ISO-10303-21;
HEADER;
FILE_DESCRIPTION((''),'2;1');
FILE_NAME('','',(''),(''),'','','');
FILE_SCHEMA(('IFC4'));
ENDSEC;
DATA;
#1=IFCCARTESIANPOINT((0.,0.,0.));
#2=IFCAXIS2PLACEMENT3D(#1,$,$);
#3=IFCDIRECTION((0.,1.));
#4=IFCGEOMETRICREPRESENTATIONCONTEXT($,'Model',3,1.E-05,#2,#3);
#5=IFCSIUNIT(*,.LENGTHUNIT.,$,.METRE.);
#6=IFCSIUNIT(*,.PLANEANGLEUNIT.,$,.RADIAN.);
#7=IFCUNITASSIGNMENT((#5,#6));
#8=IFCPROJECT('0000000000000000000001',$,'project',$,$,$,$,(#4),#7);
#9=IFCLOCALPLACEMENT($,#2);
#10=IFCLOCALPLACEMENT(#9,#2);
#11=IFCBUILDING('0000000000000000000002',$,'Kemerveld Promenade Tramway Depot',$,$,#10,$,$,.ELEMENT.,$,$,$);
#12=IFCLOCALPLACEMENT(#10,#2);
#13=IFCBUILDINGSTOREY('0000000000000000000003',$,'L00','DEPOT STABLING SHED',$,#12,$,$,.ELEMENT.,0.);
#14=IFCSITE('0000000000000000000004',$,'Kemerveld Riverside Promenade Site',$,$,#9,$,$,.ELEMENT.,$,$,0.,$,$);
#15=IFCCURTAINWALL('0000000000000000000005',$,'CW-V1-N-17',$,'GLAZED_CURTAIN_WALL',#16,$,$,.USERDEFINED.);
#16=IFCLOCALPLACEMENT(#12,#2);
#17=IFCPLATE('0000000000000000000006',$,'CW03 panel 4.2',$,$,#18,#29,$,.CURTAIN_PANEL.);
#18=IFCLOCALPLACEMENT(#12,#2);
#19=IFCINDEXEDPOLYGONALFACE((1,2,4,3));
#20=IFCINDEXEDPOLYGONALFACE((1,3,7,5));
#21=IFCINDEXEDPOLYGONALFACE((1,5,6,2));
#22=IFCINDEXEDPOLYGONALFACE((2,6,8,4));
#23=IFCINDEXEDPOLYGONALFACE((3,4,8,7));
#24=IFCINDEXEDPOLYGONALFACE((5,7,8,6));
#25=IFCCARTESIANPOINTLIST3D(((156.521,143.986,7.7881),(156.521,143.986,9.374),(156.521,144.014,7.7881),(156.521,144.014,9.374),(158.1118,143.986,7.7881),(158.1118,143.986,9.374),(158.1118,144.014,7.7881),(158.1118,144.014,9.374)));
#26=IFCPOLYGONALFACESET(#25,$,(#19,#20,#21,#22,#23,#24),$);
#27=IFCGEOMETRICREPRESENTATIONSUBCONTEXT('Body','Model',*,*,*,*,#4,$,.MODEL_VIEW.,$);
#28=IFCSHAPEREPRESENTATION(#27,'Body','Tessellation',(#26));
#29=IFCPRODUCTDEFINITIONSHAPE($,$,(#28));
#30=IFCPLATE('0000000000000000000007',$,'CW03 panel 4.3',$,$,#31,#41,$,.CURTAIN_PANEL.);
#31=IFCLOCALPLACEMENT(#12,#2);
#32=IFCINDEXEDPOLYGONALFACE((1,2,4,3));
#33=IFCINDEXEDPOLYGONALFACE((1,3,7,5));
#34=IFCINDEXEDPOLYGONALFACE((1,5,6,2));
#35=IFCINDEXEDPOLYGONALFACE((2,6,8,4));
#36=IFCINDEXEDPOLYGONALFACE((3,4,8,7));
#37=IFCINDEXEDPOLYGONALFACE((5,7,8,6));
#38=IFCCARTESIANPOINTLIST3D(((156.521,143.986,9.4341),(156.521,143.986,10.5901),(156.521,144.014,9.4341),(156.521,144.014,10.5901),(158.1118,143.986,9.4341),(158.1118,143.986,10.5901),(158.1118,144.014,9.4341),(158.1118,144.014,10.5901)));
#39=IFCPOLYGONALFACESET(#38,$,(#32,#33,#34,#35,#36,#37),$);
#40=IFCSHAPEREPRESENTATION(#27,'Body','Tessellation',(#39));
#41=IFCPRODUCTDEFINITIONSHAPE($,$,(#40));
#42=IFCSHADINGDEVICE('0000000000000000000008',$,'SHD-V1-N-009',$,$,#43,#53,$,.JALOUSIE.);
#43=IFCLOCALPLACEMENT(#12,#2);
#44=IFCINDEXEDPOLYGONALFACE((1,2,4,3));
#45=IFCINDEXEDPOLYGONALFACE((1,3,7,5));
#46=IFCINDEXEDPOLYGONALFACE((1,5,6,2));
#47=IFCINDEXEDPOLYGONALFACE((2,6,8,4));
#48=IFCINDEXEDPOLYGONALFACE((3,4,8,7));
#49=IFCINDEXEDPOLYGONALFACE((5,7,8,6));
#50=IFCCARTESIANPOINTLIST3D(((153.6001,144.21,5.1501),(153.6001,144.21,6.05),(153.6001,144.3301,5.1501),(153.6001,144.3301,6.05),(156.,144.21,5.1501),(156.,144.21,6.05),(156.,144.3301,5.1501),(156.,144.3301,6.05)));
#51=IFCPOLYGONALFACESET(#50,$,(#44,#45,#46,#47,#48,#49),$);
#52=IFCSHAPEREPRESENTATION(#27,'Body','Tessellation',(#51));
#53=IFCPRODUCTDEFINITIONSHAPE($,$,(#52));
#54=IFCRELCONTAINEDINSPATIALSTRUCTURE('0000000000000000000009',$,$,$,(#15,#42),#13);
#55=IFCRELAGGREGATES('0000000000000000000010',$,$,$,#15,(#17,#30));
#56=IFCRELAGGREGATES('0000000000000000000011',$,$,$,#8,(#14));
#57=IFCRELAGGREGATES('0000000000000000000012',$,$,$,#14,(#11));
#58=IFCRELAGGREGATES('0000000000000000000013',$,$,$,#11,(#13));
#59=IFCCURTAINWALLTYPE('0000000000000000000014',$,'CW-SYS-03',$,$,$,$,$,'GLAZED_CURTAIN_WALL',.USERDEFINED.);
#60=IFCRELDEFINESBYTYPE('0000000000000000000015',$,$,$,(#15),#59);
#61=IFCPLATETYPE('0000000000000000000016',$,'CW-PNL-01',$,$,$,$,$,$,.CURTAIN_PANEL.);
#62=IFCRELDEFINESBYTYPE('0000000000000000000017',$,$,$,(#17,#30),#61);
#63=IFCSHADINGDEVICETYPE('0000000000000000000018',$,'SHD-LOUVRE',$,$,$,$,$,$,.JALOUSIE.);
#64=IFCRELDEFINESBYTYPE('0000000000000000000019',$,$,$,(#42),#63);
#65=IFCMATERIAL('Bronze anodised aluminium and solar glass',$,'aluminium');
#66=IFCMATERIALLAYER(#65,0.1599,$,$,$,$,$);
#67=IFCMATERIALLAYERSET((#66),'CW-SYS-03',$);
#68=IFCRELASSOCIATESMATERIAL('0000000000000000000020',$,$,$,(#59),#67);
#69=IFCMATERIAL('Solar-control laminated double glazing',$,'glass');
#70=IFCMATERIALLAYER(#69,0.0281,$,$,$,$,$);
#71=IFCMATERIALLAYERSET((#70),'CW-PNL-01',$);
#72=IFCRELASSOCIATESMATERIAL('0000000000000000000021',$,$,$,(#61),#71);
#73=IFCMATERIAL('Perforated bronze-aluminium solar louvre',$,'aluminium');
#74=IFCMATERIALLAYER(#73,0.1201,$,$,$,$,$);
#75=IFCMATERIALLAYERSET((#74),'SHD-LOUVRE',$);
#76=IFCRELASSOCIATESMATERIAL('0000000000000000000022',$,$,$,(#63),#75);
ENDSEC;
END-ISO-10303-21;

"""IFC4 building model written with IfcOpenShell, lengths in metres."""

from ifc_helpers import new_model, si_unit, direction, frame, origin, origin_2d, place, context, subcontext, project, spatial, rectangle, extrude, material, layer, layer_set, type_object, element, aggregate, save


model = new_model("IFC4")

# Units and contexts
model_context = context("Model", 3, precision=1e-05, world=origin(), true_north=direction((0.0, 1.0)))
body_context = subcontext(model_context, "Body", "Model", "MODEL_VIEW")
ifc_project = project(units=[si_unit("LENGTHUNIT", "METRE"), si_unit("PLANEANGLEUNIT", "RADIAN")], contexts=[model_context])

# Site, building, storey
site_placement = place(None, origin())
site = spatial("IfcSite", under=ifc_project, at=site_placement, Name="Kemerveld Riverside Promenade Site", CompositionType="ELEMENT", RefElevation=0.0)
building_placement = place(site_placement, origin())
building = spatial("IfcBuilding", under=site, at=building_placement, Name="Kemerveld Promenade Tramway Depot", CompositionType="ELEMENT")
storey_placement = place(building_placement, origin())
storey = spatial("IfcBuildingStorey", under=building, at=storey_placement, Name="L00", Description="DEPOT STABLING SHED", CompositionType="ELEMENT", Elevation=0.0)

# Curtain wall, plates
ifc_material_1 = material(Name="Bronze anodised aluminium and solar glass", Category="aluminium")
ifc_layer_1 = layer(ifc_material_1, 0.1599)
ifc_layer_set_1 = layer_set([ifc_layer_1], Name="CW-SYS-03")
curtain_wall_type = type_object("IfcCurtainWallType", Name="CW-SYS-03", ElementType="GLAZED_CURTAIN_WALL", PredefinedType="USERDEFINED", material=ifc_layer_set_1)
curtain_wall_placement = place(storey_placement, origin())
curtain_wall = element("IfcCurtainWall", 1, at=curtain_wall_placement, inside=storey, type_object=curtain_wall_type, Name="CW-V1-N-17", ObjectType="GLAZED_CURTAIN_WALL", PredefinedType="USERDEFINED")
ifc_material_2 = material(Name="Solar-control laminated double glazing", Category="glass")
ifc_layer_2 = layer(ifc_material_2, 0.0281)
ifc_layer_set_2 = layer_set([ifc_layer_2], Name="CW-PNL-01")
plate_type = type_object("IfcPlateType", Name="CW-PNL-01", PredefinedType="CURTAIN_PANEL", material=ifc_layer_set_2)
plate_1_placement = place(storey_placement, frame((157.3164, 144.0, 7.7881), z_axis=(0.0, 0.0, 1.0), x_axis=(1.0, 0.0, 0.0)))
plate_1 = element("IfcPlate", 2, at=plate_1_placement, type_object=plate_type, Name="CW03 panel 4.2", PredefinedType="CURTAIN_PANEL", context=body_context, shape_type="SweptSolid", body=[
    extrude(rectangle(XDim=1.5908, YDim=0.0281, at=origin_2d()), origin(), (0.0, 0.0, 1.0), 1.5859),
])
plate_2_placement = place(storey_placement, frame((157.3164, 144.0, 9.4341), z_axis=(0.0, 0.0, 1.0), x_axis=(1.0, 0.0, 0.0)))
plate_2 = element("IfcPlate", 3, at=plate_2_placement, type_object=plate_type, Name="CW03 panel 4.3", PredefinedType="CURTAIN_PANEL", context=body_context, shape_type="SweptSolid", body=[
    extrude(rectangle(XDim=1.5908, YDim=0.0281, at=origin_2d()), origin(), (0.0, 0.0, 1.0), 1.156),
])
aggregate(curtain_wall, [plate_1, plate_2])

# Shading device
ifc_material_3 = material(Name="Perforated bronze-aluminium solar louvre", Category="aluminium")
ifc_layer_3 = layer(ifc_material_3, 0.1201)
ifc_layer_set_3 = layer_set([ifc_layer_3], Name="SHD-LOUVRE")
shading_device_type = type_object("IfcShadingDeviceType", Name="SHD-LOUVRE", PredefinedType="JALOUSIE", material=ifc_layer_set_3)
shading_device_placement = place(storey_placement, frame((154.8, 144.27, 5.1501), z_axis=(0.0, 0.0, 1.0), x_axis=(1.0, 0.0, 0.0)))
element("IfcShadingDevice", 4, at=shading_device_placement, inside=storey, type_object=shading_device_type, Name="SHD-V1-N-009", PredefinedType="JALOUSIE", context=body_context, shape_type="SweptSolid", body=[
    extrude(rectangle(XDim=2.3999, YDim=0.1201, at=origin_2d()), origin(), (0.0, 0.0, 1.0), 0.8999),
])

save(model, "model.ifc")
